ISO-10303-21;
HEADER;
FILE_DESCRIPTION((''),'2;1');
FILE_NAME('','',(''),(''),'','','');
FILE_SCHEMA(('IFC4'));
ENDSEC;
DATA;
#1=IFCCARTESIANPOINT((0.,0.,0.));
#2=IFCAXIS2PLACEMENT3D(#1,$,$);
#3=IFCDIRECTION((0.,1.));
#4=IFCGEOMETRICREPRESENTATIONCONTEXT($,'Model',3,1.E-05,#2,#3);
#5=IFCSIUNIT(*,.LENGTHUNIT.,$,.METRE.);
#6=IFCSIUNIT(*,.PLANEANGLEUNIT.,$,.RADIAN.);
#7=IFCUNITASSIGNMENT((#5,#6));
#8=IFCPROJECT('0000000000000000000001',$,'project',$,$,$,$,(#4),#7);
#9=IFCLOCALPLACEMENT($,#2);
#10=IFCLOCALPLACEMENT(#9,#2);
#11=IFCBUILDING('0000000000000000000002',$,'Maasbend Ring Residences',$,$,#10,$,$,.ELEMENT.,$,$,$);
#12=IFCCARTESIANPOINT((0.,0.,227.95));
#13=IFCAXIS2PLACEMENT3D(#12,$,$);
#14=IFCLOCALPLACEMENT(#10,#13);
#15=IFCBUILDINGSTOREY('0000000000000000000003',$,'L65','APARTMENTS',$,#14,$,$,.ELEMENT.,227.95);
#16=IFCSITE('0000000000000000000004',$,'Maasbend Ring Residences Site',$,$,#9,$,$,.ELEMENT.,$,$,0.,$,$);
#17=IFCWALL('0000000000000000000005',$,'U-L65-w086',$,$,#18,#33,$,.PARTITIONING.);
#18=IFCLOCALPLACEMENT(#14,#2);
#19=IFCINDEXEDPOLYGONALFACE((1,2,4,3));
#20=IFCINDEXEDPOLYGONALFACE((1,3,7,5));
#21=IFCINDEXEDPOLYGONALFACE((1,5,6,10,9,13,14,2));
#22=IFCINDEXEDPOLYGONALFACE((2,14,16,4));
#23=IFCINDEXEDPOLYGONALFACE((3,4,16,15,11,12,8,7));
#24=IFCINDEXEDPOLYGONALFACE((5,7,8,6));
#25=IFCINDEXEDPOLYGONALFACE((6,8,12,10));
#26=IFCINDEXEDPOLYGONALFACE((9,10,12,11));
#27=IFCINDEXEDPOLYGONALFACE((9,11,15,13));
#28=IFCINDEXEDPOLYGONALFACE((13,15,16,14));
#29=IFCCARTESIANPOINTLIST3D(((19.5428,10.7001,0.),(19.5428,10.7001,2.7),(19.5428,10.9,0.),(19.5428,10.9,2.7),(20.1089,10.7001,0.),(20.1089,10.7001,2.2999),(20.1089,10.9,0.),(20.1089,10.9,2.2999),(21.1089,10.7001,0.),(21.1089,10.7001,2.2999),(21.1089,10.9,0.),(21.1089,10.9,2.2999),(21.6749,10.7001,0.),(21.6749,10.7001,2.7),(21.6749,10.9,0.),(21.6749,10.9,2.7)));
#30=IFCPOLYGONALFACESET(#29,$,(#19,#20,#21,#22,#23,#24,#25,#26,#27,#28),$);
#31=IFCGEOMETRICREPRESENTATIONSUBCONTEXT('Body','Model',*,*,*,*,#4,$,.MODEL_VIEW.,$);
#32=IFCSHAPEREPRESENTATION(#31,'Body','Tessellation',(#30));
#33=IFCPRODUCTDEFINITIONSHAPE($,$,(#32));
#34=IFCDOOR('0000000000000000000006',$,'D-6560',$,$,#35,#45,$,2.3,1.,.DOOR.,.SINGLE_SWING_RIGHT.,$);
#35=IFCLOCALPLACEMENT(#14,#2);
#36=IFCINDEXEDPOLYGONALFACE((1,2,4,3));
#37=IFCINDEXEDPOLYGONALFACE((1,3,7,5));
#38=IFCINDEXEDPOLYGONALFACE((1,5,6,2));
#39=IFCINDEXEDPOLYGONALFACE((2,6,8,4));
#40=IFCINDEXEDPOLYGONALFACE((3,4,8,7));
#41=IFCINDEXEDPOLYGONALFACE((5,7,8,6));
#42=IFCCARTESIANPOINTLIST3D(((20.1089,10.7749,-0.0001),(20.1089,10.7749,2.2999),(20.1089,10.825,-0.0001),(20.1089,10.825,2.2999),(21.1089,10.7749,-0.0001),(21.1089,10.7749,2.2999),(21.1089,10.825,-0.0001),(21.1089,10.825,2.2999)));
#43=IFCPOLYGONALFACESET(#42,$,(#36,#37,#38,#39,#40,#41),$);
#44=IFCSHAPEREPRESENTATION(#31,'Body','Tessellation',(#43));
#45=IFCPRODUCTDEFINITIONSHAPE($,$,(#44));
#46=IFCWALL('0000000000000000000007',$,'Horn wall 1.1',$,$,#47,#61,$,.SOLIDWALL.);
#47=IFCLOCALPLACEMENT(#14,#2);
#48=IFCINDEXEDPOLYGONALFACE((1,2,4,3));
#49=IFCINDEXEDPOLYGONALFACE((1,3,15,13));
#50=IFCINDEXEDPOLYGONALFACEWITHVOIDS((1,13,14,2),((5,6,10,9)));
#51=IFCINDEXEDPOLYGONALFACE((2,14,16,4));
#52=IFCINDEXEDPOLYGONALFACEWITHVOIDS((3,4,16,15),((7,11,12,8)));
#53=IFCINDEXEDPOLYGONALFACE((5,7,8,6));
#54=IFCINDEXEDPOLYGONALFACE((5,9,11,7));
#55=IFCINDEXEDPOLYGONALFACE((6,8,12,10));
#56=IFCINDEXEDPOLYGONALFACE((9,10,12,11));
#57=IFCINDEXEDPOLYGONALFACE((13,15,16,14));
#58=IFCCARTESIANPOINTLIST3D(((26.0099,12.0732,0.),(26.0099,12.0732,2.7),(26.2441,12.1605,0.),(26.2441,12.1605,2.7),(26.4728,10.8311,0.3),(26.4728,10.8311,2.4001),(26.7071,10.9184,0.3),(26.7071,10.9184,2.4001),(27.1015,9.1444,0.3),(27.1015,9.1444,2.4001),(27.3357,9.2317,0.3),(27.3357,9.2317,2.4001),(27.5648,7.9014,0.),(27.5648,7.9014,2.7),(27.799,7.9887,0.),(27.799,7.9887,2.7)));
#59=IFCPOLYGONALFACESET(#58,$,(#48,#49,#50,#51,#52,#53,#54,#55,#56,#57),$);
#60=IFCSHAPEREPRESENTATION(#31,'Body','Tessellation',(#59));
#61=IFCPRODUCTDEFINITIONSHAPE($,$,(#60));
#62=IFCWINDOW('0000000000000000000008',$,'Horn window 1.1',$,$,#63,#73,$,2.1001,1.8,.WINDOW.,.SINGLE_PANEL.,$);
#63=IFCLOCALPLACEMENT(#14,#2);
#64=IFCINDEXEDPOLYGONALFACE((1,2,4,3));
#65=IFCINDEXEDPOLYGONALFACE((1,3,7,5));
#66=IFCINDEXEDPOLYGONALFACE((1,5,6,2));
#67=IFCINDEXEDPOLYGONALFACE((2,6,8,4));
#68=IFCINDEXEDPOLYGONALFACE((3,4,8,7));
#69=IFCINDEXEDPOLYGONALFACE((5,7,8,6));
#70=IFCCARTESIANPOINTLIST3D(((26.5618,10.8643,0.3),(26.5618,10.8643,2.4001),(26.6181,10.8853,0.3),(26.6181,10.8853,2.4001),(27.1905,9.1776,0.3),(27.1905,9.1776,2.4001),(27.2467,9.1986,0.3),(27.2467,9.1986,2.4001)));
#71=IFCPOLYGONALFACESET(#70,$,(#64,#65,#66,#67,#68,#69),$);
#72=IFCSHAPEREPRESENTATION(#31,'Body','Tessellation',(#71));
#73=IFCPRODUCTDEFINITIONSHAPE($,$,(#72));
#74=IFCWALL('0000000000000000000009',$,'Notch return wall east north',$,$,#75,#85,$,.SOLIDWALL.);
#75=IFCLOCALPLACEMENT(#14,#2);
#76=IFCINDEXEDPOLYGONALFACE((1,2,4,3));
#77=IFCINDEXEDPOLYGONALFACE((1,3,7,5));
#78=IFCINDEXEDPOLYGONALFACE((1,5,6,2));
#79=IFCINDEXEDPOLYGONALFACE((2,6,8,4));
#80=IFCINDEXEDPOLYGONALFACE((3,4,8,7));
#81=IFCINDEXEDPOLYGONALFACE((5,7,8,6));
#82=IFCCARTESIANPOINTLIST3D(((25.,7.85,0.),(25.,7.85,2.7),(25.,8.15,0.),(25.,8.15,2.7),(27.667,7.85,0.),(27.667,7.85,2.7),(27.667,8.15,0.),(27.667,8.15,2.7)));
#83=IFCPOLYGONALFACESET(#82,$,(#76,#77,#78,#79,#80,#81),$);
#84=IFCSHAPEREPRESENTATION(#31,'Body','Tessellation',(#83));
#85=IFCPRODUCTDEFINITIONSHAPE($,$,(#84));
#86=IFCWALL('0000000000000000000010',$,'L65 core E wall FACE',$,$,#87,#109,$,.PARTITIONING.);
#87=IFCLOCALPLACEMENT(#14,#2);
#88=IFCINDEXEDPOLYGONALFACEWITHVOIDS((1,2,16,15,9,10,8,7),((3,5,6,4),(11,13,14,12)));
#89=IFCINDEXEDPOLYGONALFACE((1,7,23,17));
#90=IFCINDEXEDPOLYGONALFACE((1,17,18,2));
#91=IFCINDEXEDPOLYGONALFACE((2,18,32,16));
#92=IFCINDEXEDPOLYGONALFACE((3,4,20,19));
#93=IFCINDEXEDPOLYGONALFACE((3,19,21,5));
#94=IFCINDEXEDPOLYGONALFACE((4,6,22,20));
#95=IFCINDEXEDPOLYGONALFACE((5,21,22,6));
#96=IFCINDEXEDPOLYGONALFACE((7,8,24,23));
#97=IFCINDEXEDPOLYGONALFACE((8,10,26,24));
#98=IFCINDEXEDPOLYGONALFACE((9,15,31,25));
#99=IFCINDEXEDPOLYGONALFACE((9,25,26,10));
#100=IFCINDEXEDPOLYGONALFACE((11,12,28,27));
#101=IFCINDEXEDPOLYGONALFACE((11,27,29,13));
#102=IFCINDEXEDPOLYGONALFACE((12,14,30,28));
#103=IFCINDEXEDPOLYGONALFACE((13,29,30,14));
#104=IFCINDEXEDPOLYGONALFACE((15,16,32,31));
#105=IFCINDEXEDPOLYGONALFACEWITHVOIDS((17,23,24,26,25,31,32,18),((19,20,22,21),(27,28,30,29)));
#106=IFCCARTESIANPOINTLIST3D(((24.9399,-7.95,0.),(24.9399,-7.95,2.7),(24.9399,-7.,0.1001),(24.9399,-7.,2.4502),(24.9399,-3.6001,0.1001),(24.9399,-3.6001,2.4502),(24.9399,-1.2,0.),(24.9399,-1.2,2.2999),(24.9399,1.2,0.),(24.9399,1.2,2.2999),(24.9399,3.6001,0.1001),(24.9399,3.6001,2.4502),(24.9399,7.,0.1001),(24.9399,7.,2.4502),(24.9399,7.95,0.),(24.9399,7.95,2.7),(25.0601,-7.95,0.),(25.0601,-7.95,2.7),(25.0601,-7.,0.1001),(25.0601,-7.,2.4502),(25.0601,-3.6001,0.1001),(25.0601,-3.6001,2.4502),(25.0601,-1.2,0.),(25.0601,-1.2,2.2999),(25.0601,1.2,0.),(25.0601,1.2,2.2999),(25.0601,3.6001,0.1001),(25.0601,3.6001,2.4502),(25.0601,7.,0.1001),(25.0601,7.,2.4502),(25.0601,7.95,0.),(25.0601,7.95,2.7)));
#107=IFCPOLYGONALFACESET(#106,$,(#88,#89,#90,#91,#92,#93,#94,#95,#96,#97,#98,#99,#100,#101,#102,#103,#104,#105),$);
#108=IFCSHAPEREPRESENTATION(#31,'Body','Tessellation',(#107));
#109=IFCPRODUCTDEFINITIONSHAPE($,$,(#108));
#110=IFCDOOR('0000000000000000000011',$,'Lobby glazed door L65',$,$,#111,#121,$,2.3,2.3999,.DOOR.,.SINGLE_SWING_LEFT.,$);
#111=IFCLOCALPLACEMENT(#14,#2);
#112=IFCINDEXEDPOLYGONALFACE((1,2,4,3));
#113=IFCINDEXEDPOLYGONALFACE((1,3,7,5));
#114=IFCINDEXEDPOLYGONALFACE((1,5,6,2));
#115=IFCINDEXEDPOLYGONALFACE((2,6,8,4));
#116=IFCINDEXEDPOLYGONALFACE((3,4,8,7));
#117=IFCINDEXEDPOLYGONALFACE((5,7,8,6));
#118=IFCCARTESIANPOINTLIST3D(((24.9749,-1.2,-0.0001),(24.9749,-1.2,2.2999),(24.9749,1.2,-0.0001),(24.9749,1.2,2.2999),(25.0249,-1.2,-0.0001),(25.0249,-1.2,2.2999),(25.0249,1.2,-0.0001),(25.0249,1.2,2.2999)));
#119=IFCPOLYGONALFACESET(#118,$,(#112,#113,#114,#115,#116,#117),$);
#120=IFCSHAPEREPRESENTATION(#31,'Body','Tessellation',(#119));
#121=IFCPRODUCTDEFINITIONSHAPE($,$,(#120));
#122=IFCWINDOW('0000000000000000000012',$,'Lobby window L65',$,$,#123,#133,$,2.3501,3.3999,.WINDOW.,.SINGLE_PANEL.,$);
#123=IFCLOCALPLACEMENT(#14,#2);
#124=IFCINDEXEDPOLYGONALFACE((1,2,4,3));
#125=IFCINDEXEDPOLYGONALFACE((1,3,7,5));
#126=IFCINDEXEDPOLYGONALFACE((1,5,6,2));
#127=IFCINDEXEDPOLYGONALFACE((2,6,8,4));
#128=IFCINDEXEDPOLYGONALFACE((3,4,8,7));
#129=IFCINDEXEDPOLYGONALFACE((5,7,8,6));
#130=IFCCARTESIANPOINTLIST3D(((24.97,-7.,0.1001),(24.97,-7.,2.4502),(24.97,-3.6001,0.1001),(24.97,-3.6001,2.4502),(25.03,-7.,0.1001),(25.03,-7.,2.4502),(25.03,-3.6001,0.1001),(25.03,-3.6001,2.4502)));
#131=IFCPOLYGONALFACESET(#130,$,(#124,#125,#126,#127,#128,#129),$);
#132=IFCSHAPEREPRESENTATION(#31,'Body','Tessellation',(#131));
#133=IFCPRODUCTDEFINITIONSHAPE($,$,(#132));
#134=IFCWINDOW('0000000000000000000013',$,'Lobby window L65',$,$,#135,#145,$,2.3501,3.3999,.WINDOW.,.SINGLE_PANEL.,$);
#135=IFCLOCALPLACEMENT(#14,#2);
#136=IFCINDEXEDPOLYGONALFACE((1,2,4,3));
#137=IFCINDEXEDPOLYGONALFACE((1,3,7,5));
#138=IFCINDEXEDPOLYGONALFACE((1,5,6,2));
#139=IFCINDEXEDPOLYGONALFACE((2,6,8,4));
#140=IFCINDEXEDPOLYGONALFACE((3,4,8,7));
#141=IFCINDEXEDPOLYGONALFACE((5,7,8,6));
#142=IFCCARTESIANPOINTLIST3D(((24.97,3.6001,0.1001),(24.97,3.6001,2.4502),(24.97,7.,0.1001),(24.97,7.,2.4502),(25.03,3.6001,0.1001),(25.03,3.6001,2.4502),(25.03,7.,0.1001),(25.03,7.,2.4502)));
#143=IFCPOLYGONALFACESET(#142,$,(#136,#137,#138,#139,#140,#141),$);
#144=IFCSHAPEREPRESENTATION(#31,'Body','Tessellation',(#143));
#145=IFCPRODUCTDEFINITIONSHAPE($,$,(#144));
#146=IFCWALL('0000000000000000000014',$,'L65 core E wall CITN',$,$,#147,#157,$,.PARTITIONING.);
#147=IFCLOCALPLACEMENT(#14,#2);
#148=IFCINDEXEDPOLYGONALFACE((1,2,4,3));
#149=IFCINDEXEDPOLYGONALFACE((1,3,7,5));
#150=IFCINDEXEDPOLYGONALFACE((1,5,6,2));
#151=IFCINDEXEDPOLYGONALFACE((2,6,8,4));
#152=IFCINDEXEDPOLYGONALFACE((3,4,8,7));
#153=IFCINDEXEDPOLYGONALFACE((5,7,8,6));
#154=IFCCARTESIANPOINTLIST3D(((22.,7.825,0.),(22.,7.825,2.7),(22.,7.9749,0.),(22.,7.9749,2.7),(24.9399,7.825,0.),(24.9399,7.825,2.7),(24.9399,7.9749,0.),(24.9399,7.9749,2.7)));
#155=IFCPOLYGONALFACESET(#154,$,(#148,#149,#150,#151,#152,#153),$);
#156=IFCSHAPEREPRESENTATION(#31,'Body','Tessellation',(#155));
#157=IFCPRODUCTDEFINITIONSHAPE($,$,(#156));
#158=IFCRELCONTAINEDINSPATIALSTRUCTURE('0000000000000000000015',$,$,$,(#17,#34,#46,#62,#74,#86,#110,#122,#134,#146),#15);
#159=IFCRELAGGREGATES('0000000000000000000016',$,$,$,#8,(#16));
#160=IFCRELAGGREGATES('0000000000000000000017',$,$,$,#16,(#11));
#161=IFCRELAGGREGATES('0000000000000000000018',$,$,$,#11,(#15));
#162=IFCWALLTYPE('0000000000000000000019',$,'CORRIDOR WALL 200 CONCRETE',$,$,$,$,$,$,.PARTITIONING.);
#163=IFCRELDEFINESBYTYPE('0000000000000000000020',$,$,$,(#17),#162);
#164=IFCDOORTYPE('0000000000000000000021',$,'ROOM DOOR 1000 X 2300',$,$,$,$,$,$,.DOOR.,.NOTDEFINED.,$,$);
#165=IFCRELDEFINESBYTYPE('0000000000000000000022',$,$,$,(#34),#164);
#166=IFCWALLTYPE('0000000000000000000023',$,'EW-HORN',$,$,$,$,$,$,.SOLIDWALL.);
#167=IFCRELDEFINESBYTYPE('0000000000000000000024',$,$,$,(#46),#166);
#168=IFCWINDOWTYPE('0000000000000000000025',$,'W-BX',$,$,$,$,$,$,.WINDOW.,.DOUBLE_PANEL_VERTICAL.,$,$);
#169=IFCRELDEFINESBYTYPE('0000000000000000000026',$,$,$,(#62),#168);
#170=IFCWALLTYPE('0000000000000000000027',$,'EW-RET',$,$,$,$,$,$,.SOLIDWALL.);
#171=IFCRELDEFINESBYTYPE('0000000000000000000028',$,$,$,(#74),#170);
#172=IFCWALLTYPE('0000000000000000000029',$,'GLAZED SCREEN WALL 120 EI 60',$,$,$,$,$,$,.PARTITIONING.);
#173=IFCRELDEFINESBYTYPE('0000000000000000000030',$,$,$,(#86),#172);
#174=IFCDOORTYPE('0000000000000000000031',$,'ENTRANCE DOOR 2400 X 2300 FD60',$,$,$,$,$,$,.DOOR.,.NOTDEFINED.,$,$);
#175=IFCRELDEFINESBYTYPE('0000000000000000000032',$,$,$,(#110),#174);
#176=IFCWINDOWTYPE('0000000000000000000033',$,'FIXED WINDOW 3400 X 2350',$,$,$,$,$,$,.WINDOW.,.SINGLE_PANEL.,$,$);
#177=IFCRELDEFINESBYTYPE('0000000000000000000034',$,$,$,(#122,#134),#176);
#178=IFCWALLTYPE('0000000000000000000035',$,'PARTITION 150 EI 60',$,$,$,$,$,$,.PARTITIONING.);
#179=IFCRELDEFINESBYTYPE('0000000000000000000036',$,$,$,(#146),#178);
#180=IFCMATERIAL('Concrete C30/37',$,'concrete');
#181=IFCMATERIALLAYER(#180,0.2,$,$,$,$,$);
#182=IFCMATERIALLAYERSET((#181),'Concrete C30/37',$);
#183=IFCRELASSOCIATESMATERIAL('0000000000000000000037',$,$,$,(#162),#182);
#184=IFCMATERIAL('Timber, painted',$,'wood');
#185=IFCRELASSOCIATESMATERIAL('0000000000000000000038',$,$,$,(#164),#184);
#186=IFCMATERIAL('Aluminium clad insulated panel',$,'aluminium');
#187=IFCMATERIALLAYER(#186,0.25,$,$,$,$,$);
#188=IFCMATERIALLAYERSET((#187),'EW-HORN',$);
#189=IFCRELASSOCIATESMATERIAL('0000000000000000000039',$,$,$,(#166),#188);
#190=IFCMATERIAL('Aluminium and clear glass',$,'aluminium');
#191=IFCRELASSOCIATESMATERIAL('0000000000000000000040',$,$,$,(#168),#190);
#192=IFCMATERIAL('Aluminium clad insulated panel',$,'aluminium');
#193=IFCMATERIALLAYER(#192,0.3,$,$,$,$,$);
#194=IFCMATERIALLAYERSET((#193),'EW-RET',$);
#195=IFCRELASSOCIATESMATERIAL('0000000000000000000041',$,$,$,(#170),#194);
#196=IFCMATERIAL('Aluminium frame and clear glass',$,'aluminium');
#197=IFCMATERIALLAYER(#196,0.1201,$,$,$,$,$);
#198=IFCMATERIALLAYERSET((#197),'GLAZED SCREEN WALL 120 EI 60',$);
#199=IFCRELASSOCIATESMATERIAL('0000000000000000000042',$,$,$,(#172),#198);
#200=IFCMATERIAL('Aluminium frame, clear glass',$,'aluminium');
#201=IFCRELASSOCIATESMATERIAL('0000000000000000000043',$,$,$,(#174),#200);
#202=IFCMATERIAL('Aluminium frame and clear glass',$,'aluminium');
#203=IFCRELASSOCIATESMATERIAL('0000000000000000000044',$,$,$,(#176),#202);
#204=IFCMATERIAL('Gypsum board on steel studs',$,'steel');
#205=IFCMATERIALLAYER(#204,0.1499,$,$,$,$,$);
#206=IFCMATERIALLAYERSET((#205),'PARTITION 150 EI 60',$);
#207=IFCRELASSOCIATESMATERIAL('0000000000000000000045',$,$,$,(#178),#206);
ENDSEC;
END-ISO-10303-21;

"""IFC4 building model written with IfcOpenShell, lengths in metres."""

from ifc_helpers import new_model, si_unit, direction, frame, frame_2d, origin, place, context, subcontext, project, spatial, rectangle, extrude, material, layer, layer_set, type_object, element, fill, save


model = new_model("IFC4")

# Units and contexts
model_context = context("Model", 3, precision=1e-05, world=origin(), true_north=direction((0.0, 1.0)))
body_context = subcontext(model_context, "Body", "Model", "MODEL_VIEW")
ifc_project = project(units=[si_unit("LENGTHUNIT", "METRE"), si_unit("PLANEANGLEUNIT", "RADIAN")], contexts=[model_context])

# Site, building, storey
site_placement = place(None, origin())
site = spatial("IfcSite", under=ifc_project, at=site_placement, Name="Maasbend Ring Residences Site", CompositionType="ELEMENT", RefElevation=0.0)
building_placement = place(site_placement, origin())
building = spatial("IfcBuilding", under=site, at=building_placement, Name="Maasbend Ring Residences", CompositionType="ELEMENT")
storey_placement = place(building_placement, frame((0.0, 0.0, 227.95)))
storey = spatial("IfcBuildingStorey", under=building, at=storey_placement, Name="L65", Description="APARTMENTS", CompositionType="ELEMENT", Elevation=227.95)

# Shared definitions
ifc_material_1 = material(Name="Concrete C30/37", Category="concrete")
ifc_layer_1 = layer(ifc_material_1, 0.2)
ifc_layer_set_1 = layer_set([ifc_layer_1], Name="Concrete C30/37")
wall_type_1 = type_object("IfcWallType", Name="CORRIDOR WALL 200 CONCRETE", PredefinedType="PARTITIONING", material=ifc_layer_set_1)

# Wall, opening, door
wall_1_placement = place(storey_placement, frame((19.543, 10.8, 0.0), z_axis=(0.0, 0.0, 1.0), x_axis=(1.0, 0.0, 0.0)))
wall_1 = element("IfcWall", 1, at=wall_1_placement, inside=storey, type_object=wall_type_1, Name="U-L65-w086", PredefinedType="PARTITIONING", context=body_context, shape_type="SweptSolid", body=[
    extrude(rectangle(XDim=2.1321, YDim=0.2, at=frame_2d((1.0659, 0.0))), origin(), (0.0, 0.0, 1.0), 2.7),
])
opening_1_placement = place(wall_1_placement, frame((0.5659, 0.0, 0.0)))
opening_1 = element("IfcOpeningElement", 2, at=opening_1_placement, cuts=wall_1, PredefinedType="OPENING", context=body_context, shape_type="SweptSolid", body=[
    extrude(rectangle(XDim=1.0, YDim=2.3, at=frame_2d((0.5, 1.1499))), frame((0.0, 0.1099, 0.0), z_axis=(0.0, -1.0, 0.0), x_axis=(1.0, 0.0, 0.0)), (0.0, 0.0, 1.0), 0.22),
])
ifc_material_2 = material(Name="Timber, painted", Category="wood")
door_type_1 = type_object("IfcDoorType", Name="ROOM DOOR 1000 X 2300", OperationType="NOTDEFINED", PredefinedType="DOOR", material=ifc_material_2)
door_1_placement = place(opening_1_placement, origin())
door_1 = element("IfcDoor", 3, at=door_1_placement, inside=storey, type_object=door_type_1, Name="D-6560", OperationType="SINGLE_SWING_RIGHT", OverallHeight=2.3, OverallWidth=1.0, PredefinedType="DOOR", context=body_context, shape_type="SweptSolid", body=[
    extrude(rectangle(XDim=1.0, YDim=2.3, at=frame_2d((0.5, 1.1499))), frame((0.0, 0.0249, 0.0), z_axis=(0.0, -1.0, 0.0), x_axis=(1.0, 0.0, 0.0)), (0.0, 0.0, 1.0), 0.05),
])
fill(opening_1, door_1)

# Wall, opening, window
ifc_material_3 = material(Name="Aluminium clad insulated panel", Category="aluminium")
ifc_layer_2 = layer(ifc_material_3, 0.25)
ifc_layer_set_2 = layer_set([ifc_layer_2], Name="EW-HORN")
wall_type_2 = type_object("IfcWallType", Name="EW-HORN", PredefinedType="SOLIDWALL", material=ifc_layer_set_2)
wall_2_placement = place(storey_placement, frame((27.6819, 7.9451, 0.0), z_axis=(0.0, 0.0, 1.0), x_axis=(-0.349248, 0.93703, 0.0)))
wall_2 = element("IfcWall", 4, at=wall_2_placement, inside=storey, type_object=wall_type_2, Name="Horn wall 1.1", PredefinedType="SOLIDWALL", context=body_context, shape_type="SweptSolid", body=[
    extrude(rectangle(XDim=4.4521, YDim=0.25, at=frame_2d((2.2261, 0.0))), origin(), (0.0, 0.0, 1.0), 2.7),
])
opening_2_placement = place(wall_2_placement, frame((1.3267, 0.0, 0.3)))
opening_2 = element("IfcOpeningElement", 5, at=opening_2_placement, cuts=wall_2, PredefinedType="OPENING", context=body_context, shape_type="SweptSolid", body=[
    extrude(rectangle(XDim=1.8, YDim=2.1001, at=frame_2d((0.8999, 1.05))), frame((0.0, 0.135, 0.0), z_axis=(0.0, -1.0, 0.0), x_axis=(1.0, 0.0, 0.0)), (0.0, 0.0, 1.0), 0.27),
])
ifc_material_4 = material(Name="Aluminium and clear glass", Category="aluminium")
window_type_1 = type_object("IfcWindowType", Name="W-BX", PartitioningType="DOUBLE_PANEL_VERTICAL", PredefinedType="WINDOW", material=ifc_material_4)
window_1_placement = place(opening_2_placement, origin())
window_1 = element("IfcWindow", 6, at=window_1_placement, inside=storey, type_object=window_type_1, Name="Horn window 1.1", OverallHeight=2.1001, OverallWidth=1.8, PartitioningType="SINGLE_PANEL", PredefinedType="WINDOW", context=body_context, shape_type="SweptSolid", body=[
    extrude(rectangle(XDim=1.8, YDim=2.1001, at=frame_2d((0.8999, 1.05))), frame((0.0, 0.03, 0.0), z_axis=(0.0, -1.0, 0.0), x_axis=(1.0, 0.0, 0.0)), (0.0, 0.0, 1.0), 0.0601),
])
fill(opening_2, window_1)

# Wall
ifc_material_5 = material(Name="Aluminium clad insulated panel", Category="aluminium")
ifc_layer_3 = layer(ifc_material_5, 0.3)
ifc_layer_set_3 = layer_set([ifc_layer_3], Name="EW-RET")
wall_type_3 = type_object("IfcWallType", Name="EW-RET", PredefinedType="SOLIDWALL", material=ifc_layer_set_3)
wall_3_placement = place(storey_placement, frame((25.0, 8.0, 0.0), z_axis=(0.0, 0.0, 1.0), x_axis=(1.0, 0.0, 0.0)))
element("IfcWall", 7, at=wall_3_placement, inside=storey, type_object=wall_type_3, Name="Notch return wall east north", PredefinedType="SOLIDWALL", context=body_context, shape_type="SweptSolid", body=[
    extrude(rectangle(XDim=2.667, YDim=0.3, at=frame_2d((1.3335, 0.0))), origin(), (0.0, 0.0, 1.0), 2.7),
])

# Wall, openings, door, windows
ifc_material_6 = material(Name="Aluminium frame and clear glass", Category="aluminium")
ifc_layer_4 = layer(ifc_material_6, 0.1201)
ifc_layer_set_4 = layer_set([ifc_layer_4], Name="GLAZED SCREEN WALL 120 EI 60")
wall_type_4 = type_object("IfcWallType", Name="GLAZED SCREEN WALL 120 EI 60", PredefinedType="PARTITIONING", material=ifc_layer_set_4)
wall_4_placement = place(storey_placement, frame((25.0, 7.95, 0.0), z_axis=(0.0, 0.0, 1.0), x_axis=(0.0, -1.0, 0.0)))
wall_4 = element("IfcWall", 8, at=wall_4_placement, inside=storey, type_object=wall_type_4, Name="L65 core E wall FACE", PredefinedType="PARTITIONING", context=body_context, shape_type="SweptSolid", body=[
    extrude(rectangle(XDim=15.8999, YDim=0.1201, at=frame_2d((7.95, 0.0))), origin(), (0.0, 0.0, 1.0), 2.7),
])
opening_3_placement = place(wall_4_placement, frame((6.75, 0.0, 0.0)))
opening_3 = element("IfcOpeningElement", 9, at=opening_3_placement, cuts=wall_4, PredefinedType="OPENING", context=body_context, shape_type="SweptSolid", body=[
    extrude(rectangle(XDim=2.3999, YDim=2.3, at=frame_2d((1.2, 1.1499))), frame((0.0, 0.0701, 0.0), z_axis=(0.0, -1.0, 0.0), x_axis=(1.0, 0.0, 0.0)), (0.0, 0.0, 1.0), 0.1401),
])
opening_4_placement = place(wall_4_placement, frame((11.55, 0.0, 0.1001)))
opening_4 = element("IfcOpeningElement", 10, at=opening_4_placement, cuts=wall_4, PredefinedType="OPENING", context=body_context, shape_type="SweptSolid", body=[
    extrude(rectangle(XDim=3.3999, YDim=2.3501, at=frame_2d((1.7, 1.175))), frame((0.0, 0.0701, 0.0), z_axis=(0.0, -1.0, 0.0), x_axis=(1.0, 0.0, 0.0)), (0.0, 0.0, 1.0), 0.1401),
])
opening_5_placement = place(wall_4_placement, frame((0.95, 0.0, 0.1001)))
opening_5 = element("IfcOpeningElement", 11, at=opening_5_placement, cuts=wall_4, PredefinedType="OPENING", context=body_context, shape_type="SweptSolid", body=[
    extrude(rectangle(XDim=3.3999, YDim=2.3501, at=frame_2d((1.7, 1.175))), frame((0.0, 0.0701, 0.0), z_axis=(0.0, -1.0, 0.0), x_axis=(1.0, 0.0, 0.0)), (0.0, 0.0, 1.0), 0.1401),
])
ifc_material_7 = material(Name="Aluminium frame, clear glass", Category="aluminium")
door_type_2 = type_object("IfcDoorType", Name="ENTRANCE DOOR 2400 X 2300 FD60", OperationType="NOTDEFINED", PredefinedType="DOOR", material=ifc_material_7)
door_2_placement = place(opening_3_placement, origin())
door_2 = element("IfcDoor", 12, at=door_2_placement, inside=storey, type_object=door_type_2, Name="Lobby glazed door L65", OperationType="SINGLE_SWING_LEFT", OverallHeight=2.3, OverallWidth=2.3999, PredefinedType="DOOR", context=body_context, shape_type="SweptSolid", body=[
    extrude(rectangle(XDim=2.3999, YDim=2.3, at=frame_2d((1.2, 1.1499))), frame((0.0, 0.0249, 0.0), z_axis=(0.0, -1.0, 0.0), x_axis=(1.0, 0.0, 0.0)), (0.0, 0.0, 1.0), 0.05),
])
fill(opening_3, door_2)
ifc_material_8 = material(Name="Aluminium frame and clear glass", Category="aluminium")
window_type_2 = type_object("IfcWindowType", Name="FIXED WINDOW 3400 X 2350", PartitioningType="SINGLE_PANEL", PredefinedType="WINDOW", material=ifc_material_8)
window_2_placement = place(opening_4_placement, origin())
window_2 = element("IfcWindow", 13, at=window_2_placement, inside=storey, type_object=window_type_2, Name="Lobby window L65", OverallHeight=2.3501, OverallWidth=3.3999, PartitioningType="SINGLE_PANEL", PredefinedType="WINDOW", context=body_context, shape_type="SweptSolid", body=[
    extrude(rectangle(XDim=3.3999, YDim=2.3501, at=frame_2d((1.7, 1.175))), frame((0.0, 0.03, 0.0), z_axis=(0.0, -1.0, 0.0), x_axis=(1.0, 0.0, 0.0)), (0.0, 0.0, 1.0), 0.0601),
])
fill(opening_4, window_2)
window_3_placement = place(opening_5_placement, origin())
window_3 = element("IfcWindow", 14, at=window_3_placement, inside=storey, type_object=window_type_2, Name="Lobby window L65", OverallHeight=2.3501, OverallWidth=3.3999, PartitioningType="SINGLE_PANEL", PredefinedType="WINDOW", context=body_context, shape_type="SweptSolid", body=[
    extrude(rectangle(XDim=3.3999, YDim=2.3501, at=frame_2d((1.7, 1.175))), frame((0.0, 0.03, 0.0), z_axis=(0.0, -1.0, 0.0), x_axis=(1.0, 0.0, 0.0)), (0.0, 0.0, 1.0), 0.0601),
])
fill(opening_5, window_3)

# Wall
ifc_material_9 = material(Name="Gypsum board on steel studs", Category="steel")
ifc_layer_5 = layer(ifc_material_9, 0.1499)
ifc_layer_set_5 = layer_set([ifc_layer_5], Name="PARTITION 150 EI 60")
wall_type_5 = type_object("IfcWallType", Name="PARTITION 150 EI 60", PredefinedType="PARTITIONING", material=ifc_layer_set_5)
wall_5_placement = place(storey_placement, frame((22.0, 7.8999, 0.0), z_axis=(0.0, 0.0, 1.0), x_axis=(1.0, 0.0, 0.0)))
element("IfcWall", 15, at=wall_5_placement, inside=storey, type_object=wall_type_5, Name="L65 core E wall CITN", PredefinedType="PARTITIONING", context=body_context, shape_type="SweptSolid", body=[
    extrude(rectangle(XDim=2.9399, YDim=0.1499, at=frame_2d((1.47, 0.0))), origin(), (0.0, 0.0, 1.0), 2.7),
])

save(model, "model.ifc")
